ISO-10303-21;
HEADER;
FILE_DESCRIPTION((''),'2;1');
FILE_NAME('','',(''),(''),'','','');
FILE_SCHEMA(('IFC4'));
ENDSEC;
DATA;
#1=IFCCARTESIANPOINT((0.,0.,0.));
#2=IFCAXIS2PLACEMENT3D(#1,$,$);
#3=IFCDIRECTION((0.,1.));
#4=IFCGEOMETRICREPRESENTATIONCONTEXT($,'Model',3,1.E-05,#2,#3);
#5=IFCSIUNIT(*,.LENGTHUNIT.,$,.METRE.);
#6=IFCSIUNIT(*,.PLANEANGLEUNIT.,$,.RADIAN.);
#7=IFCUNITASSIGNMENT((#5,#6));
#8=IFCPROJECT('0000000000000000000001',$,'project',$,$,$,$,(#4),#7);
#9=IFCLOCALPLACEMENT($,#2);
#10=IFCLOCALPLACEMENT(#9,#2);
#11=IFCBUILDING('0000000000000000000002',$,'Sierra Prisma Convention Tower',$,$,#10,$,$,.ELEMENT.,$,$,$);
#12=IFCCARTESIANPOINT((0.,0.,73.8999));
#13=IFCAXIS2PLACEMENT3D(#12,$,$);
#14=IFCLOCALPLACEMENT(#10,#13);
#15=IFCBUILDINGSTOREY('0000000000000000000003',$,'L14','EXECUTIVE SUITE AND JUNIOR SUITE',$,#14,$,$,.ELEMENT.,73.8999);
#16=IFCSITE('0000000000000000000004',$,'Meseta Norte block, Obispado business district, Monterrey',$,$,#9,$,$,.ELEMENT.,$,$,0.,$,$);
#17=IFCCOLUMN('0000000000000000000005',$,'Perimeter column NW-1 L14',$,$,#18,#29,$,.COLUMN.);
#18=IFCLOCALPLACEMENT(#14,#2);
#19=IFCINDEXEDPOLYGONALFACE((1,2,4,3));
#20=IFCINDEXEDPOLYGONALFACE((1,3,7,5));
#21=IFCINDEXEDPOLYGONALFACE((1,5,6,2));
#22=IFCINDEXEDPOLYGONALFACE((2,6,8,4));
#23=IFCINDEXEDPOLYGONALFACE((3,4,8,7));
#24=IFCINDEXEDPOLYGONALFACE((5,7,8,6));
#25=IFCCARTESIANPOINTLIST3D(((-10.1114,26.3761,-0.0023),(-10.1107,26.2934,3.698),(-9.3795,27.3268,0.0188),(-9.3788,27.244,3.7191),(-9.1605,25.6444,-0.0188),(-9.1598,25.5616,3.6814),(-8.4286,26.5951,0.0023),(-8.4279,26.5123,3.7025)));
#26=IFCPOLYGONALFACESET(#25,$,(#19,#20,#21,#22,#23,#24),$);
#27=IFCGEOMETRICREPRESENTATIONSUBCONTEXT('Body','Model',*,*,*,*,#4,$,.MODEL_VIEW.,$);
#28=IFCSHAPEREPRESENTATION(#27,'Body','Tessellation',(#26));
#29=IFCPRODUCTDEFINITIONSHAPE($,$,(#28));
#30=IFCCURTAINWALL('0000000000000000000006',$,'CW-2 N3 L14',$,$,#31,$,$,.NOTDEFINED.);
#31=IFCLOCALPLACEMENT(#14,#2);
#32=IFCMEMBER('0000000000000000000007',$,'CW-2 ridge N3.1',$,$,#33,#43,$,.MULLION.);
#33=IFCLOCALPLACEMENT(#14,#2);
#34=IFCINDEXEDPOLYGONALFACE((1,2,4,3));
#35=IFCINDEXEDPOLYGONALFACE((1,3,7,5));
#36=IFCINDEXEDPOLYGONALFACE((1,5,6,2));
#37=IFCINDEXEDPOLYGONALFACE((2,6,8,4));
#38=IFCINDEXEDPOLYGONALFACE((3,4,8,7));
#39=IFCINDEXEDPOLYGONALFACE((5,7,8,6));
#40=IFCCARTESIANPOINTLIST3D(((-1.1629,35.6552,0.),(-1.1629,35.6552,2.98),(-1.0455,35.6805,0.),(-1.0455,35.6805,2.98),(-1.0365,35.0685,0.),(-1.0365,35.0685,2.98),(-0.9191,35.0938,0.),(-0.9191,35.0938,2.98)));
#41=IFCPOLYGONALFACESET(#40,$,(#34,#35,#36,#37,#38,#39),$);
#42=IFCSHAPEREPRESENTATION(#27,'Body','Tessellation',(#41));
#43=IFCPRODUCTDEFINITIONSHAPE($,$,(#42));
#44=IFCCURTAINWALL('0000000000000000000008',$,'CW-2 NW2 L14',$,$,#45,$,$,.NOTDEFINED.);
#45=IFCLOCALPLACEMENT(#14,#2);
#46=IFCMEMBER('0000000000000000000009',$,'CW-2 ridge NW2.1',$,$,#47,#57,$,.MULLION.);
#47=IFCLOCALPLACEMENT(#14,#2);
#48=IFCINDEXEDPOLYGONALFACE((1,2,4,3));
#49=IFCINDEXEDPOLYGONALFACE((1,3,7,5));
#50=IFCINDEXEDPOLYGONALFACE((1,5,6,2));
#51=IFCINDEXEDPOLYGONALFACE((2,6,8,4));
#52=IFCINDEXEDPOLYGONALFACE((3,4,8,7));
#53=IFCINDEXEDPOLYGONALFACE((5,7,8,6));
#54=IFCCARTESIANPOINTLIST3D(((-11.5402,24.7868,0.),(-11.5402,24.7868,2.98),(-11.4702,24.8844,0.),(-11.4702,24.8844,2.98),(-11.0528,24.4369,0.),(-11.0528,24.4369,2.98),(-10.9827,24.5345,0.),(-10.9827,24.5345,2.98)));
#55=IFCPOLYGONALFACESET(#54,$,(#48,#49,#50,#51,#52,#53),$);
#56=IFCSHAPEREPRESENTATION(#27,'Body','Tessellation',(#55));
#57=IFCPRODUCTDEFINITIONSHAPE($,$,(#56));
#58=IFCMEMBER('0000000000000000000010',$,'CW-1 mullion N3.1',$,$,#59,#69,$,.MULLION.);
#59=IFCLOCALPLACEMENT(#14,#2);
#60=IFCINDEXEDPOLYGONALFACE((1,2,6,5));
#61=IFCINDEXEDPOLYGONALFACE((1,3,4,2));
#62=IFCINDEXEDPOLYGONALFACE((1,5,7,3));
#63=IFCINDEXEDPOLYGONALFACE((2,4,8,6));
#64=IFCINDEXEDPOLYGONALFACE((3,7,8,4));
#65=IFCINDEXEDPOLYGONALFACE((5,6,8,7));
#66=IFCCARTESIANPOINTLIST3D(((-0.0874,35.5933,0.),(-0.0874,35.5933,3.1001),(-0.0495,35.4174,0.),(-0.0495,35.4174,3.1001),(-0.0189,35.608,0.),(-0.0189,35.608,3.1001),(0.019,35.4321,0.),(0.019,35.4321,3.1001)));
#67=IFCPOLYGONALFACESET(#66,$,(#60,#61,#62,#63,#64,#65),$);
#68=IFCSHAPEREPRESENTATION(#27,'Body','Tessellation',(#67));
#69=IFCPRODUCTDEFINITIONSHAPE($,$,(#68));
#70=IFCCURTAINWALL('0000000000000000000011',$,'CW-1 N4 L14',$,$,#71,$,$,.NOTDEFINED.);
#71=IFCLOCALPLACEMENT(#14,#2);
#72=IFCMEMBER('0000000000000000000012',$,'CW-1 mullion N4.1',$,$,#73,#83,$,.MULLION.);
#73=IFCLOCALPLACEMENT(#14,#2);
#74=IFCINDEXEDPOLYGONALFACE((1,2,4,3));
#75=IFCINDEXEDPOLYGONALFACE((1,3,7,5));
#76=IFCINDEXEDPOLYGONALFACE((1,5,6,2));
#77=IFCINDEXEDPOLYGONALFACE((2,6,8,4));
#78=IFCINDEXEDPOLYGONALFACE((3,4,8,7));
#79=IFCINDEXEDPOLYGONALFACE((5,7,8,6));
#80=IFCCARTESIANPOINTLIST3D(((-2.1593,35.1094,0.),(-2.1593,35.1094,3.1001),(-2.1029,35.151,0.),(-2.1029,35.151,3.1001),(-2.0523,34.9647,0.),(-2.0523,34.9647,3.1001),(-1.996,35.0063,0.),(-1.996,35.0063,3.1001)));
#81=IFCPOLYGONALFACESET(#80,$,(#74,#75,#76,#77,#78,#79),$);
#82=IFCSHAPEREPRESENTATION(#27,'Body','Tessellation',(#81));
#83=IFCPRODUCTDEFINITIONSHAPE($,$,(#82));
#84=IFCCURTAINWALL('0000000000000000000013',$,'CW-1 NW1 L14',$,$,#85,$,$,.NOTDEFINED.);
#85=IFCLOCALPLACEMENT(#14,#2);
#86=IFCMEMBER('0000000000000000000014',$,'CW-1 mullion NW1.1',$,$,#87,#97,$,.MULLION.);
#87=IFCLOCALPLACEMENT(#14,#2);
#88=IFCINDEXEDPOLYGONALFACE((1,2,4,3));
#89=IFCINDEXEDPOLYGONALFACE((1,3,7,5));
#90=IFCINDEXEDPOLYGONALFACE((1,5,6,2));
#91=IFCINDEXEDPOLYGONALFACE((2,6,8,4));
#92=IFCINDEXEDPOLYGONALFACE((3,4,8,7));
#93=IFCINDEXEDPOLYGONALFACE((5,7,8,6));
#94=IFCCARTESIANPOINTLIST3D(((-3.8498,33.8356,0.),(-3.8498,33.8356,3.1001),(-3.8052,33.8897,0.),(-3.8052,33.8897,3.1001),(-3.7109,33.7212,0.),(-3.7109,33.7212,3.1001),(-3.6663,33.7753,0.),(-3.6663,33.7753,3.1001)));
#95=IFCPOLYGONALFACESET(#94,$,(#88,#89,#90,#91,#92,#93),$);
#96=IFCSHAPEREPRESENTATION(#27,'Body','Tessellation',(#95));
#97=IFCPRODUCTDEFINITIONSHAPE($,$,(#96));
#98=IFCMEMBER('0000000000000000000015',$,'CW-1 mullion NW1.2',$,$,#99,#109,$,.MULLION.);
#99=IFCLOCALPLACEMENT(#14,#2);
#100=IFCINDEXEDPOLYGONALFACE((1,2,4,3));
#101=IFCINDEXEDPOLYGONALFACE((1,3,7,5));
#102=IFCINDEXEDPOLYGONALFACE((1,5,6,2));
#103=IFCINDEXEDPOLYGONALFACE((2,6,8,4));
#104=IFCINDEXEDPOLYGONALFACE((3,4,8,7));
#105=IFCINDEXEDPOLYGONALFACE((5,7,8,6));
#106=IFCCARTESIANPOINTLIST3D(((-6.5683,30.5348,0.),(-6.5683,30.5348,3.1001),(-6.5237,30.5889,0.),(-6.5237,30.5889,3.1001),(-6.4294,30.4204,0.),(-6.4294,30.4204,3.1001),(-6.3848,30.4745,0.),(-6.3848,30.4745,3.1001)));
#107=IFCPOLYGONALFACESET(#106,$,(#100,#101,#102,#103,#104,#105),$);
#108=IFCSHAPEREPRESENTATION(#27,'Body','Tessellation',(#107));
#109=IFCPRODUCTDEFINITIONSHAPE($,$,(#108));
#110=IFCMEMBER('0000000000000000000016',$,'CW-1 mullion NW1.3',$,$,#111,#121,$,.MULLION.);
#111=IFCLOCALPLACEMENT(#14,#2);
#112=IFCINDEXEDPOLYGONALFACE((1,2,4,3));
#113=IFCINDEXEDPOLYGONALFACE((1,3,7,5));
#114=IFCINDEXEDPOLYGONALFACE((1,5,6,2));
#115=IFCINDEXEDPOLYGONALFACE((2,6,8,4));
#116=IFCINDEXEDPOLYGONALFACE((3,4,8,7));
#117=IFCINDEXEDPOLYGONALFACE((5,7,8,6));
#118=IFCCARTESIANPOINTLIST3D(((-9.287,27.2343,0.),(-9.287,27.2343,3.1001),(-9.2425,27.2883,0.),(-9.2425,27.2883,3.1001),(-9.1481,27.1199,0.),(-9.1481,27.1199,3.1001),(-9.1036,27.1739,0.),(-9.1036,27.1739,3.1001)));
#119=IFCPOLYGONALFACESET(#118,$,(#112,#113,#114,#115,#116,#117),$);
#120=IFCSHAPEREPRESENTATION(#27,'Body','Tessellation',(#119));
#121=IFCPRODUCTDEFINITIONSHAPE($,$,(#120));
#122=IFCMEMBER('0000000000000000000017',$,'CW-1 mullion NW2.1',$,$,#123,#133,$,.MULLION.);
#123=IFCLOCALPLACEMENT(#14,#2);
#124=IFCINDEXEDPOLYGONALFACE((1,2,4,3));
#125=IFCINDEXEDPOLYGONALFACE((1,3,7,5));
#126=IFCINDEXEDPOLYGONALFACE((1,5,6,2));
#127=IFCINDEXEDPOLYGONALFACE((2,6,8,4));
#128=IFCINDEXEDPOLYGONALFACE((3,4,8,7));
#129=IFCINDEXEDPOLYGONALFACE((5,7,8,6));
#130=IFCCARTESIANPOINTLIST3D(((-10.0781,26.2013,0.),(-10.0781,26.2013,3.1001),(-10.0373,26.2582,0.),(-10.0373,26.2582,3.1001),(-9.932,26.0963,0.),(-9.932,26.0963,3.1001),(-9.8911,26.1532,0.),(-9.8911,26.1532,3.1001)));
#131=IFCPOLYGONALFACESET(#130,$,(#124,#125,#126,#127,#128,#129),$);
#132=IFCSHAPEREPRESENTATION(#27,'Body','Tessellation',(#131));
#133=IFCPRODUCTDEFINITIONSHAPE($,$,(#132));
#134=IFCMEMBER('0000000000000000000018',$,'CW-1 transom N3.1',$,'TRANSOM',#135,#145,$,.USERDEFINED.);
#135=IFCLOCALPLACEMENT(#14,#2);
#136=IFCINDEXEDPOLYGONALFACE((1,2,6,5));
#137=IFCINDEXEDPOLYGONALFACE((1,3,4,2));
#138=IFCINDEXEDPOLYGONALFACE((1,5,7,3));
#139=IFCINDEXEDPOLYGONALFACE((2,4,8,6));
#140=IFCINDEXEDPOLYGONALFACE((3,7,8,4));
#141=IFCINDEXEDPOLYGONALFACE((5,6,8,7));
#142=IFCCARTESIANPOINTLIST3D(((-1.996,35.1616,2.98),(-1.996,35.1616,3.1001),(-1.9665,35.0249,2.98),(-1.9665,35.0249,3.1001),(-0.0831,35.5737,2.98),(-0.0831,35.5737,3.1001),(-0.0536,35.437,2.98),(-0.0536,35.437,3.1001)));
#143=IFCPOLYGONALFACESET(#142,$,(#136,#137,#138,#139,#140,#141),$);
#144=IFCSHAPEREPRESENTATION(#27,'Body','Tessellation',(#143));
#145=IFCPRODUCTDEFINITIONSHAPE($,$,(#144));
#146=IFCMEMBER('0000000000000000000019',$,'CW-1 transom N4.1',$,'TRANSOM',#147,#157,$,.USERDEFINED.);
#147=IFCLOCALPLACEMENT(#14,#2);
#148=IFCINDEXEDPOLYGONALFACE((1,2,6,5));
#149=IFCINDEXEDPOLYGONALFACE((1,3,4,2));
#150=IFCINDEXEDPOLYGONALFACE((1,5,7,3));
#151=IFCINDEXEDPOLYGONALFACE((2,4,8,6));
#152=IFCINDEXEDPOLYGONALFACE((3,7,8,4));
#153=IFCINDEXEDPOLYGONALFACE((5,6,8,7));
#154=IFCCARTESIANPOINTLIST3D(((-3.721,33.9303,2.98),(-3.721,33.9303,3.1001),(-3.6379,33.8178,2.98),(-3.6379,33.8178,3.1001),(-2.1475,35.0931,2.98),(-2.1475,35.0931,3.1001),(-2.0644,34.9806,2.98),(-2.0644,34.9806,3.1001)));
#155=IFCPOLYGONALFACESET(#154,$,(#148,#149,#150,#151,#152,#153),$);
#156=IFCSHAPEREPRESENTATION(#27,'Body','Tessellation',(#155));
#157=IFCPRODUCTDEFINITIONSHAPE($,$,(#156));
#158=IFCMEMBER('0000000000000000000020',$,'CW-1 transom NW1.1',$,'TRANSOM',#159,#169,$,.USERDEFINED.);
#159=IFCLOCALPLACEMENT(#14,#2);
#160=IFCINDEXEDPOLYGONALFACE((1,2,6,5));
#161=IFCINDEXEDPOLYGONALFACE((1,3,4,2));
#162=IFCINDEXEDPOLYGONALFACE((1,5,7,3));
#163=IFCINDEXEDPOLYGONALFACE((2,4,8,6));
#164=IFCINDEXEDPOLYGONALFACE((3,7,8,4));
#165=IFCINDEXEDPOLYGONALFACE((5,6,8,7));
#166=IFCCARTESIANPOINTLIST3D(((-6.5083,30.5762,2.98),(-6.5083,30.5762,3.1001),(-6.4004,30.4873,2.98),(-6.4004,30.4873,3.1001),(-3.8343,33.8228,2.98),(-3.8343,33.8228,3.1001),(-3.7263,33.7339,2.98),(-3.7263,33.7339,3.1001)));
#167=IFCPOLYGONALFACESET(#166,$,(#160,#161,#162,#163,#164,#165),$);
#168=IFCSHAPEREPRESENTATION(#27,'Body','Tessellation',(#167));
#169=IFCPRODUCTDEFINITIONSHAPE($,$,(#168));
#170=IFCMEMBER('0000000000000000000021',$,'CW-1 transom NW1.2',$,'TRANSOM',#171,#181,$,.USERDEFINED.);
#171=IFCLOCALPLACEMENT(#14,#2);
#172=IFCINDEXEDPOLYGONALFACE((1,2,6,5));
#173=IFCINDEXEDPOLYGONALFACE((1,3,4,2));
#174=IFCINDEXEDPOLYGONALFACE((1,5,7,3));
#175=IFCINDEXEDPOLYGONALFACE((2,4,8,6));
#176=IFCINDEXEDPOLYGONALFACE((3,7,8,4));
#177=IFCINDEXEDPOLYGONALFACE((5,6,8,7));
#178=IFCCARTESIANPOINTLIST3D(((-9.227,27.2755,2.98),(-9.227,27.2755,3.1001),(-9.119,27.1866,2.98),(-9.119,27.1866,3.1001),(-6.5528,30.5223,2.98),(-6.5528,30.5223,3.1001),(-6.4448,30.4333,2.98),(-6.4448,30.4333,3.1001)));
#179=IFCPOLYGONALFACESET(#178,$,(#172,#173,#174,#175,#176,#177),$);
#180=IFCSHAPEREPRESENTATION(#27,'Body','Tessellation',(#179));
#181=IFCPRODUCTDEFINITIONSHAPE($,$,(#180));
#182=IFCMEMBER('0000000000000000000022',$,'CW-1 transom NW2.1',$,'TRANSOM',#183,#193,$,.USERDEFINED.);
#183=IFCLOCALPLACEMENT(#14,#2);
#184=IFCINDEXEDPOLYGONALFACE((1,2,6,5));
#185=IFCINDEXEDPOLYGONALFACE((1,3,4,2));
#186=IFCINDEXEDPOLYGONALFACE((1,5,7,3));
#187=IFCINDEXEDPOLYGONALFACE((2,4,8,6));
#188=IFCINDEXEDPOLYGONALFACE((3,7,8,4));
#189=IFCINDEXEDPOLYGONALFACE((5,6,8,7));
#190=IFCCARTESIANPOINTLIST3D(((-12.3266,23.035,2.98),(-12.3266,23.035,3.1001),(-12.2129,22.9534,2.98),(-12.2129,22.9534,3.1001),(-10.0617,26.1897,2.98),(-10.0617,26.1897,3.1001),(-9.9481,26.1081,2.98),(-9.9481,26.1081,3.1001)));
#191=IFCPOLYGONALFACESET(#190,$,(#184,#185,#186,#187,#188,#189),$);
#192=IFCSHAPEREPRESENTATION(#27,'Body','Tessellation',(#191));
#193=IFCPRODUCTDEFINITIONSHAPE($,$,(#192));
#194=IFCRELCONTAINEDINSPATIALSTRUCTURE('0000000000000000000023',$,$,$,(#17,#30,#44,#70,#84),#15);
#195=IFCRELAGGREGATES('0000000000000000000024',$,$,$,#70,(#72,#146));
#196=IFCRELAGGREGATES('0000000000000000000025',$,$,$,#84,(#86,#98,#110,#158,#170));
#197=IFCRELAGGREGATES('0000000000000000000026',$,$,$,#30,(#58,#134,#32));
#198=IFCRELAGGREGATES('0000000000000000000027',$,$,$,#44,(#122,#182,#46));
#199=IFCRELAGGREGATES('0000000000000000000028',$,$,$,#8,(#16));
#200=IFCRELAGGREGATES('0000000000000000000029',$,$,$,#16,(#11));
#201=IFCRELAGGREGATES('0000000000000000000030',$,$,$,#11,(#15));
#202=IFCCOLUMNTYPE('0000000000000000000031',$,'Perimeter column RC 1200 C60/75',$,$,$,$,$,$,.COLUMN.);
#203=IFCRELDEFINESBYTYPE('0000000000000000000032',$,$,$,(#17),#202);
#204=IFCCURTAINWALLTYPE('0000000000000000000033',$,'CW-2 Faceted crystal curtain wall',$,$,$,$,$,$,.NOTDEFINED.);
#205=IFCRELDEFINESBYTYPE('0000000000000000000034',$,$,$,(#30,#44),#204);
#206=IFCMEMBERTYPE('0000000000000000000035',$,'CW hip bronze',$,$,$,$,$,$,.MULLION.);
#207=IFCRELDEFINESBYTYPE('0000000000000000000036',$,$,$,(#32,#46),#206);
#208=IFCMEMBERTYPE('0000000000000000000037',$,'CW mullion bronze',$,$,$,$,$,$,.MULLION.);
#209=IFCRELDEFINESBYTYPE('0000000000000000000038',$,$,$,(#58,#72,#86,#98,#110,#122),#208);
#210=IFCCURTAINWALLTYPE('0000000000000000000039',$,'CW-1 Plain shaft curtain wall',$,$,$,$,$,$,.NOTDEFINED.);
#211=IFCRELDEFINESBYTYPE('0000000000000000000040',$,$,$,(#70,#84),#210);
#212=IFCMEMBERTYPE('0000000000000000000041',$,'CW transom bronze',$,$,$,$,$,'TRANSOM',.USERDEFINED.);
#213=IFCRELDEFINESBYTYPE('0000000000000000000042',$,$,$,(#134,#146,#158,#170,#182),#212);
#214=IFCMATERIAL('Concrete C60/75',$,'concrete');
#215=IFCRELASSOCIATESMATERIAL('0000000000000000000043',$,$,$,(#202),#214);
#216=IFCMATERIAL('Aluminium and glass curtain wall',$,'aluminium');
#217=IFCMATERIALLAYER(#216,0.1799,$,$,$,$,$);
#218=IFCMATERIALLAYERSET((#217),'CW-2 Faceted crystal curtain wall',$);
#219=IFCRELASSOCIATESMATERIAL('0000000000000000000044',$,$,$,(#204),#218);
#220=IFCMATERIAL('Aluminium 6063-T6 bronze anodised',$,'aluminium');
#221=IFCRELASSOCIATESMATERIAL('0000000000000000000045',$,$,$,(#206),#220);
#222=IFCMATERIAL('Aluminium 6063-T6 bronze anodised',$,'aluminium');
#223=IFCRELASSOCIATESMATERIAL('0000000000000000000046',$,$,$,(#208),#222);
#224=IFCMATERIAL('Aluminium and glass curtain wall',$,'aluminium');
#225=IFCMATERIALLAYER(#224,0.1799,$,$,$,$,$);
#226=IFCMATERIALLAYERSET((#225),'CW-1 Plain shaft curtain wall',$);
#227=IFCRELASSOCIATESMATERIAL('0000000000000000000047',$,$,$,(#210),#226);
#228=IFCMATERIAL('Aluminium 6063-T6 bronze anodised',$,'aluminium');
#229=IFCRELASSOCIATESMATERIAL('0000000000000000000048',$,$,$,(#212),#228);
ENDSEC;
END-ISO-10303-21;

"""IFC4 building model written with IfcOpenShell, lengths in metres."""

from ifc_helpers import new_model, si_unit, direction, frame, origin, origin_2d, place, context, subcontext, project, spatial, rectangle, extrude, material, layer, layer_set, material_profile, profile_set, type_object, element, aggregate, save


model = new_model("IFC4")

# Units and contexts
model_context = context("Model", 3, precision=1e-05, world=origin(), true_north=direction((0.0, 1.0)))
body_context = subcontext(model_context, "Body", "Model", "MODEL_VIEW")
ifc_project = project(units=[si_unit("LENGTHUNIT", "METRE"), si_unit("PLANEANGLEUNIT", "RADIAN")], contexts=[model_context])

# Site, building, storey
site_placement = place(None, origin())
site = spatial("IfcSite", under=ifc_project, at=site_placement, Name="Meseta Norte block, Obispado business district, Monterrey", CompositionType="ELEMENT", RefElevation=0.0)
building_placement = place(site_placement, origin())
building = spatial("IfcBuilding", under=site, at=building_placement, Name="Sierra Prisma Convention Tower", CompositionType="ELEMENT")
storey_placement = place(building_placement, frame((0.0, 0.0, 73.8999)))
storey = spatial("IfcBuildingStorey", under=building, at=storey_placement, Name="L14", Description="EXECUTIVE SUITE AND JUNIOR SUITE", CompositionType="ELEMENT", Elevation=73.8999)

# Column
ifc_material_1 = material(Name="Concrete C60/75", Category="concrete")
ifc_material_profile_1 = material_profile(ifc_material_1, rectangle(XDim=1.2, YDim=1.2, at=origin_2d()), Name="Perimeter column RC 1200 C60/75")
ifc_profile_set_1 = profile_set([ifc_material_profile_1], Name="Concrete C60/75")
column_type = type_object("IfcColumnType", Name="Perimeter column RC 1200 C60/75", PredefinedType="COLUMN", material=ifc_profile_set_1)
column_placement = place(storey_placement, frame((-9.27, 26.4856, 0.0), z_axis=(0.000198, -0.022362, 0.99975), x_axis=(0.609946, 0.792248, 0.0176)))
element("IfcColumn", 1, at=column_placement, inside=storey, type_object=column_type, Name="Perimeter column NW-1 L14", PredefinedType="COLUMN", context=body_context, shape_type="SweptSolid", body=[
    extrude(rectangle(XDim=1.2, YDim=1.2, at=origin_2d()), origin(), (0.0, 0.0, 1.0), 3.7012),
])

# Curtain walls, members
ifc_material_2 = material(Name="Aluminium and glass curtain wall", Category="aluminium")
ifc_layer_1 = layer(ifc_material_2, 0.1799)
ifc_layer_set_1 = layer_set([ifc_layer_1], Name="CW-2 Faceted crystal curtain wall")
curtain_wall_type_1 = type_object("IfcCurtainWallType", Name="CW-2 Faceted crystal curtain wall", PredefinedType="NOTDEFINED", material=ifc_layer_set_1)
curtain_wall_1_placement = place(storey_placement, origin())
curtain_wall_1 = element("IfcCurtainWall", 2, at=curtain_wall_1_placement, inside=storey, type_object=curtain_wall_type_1, Name="CW-2 N3 L14", PredefinedType="NOTDEFINED")
ifc_material_3 = material(Name="Aluminium 6063-T6 bronze anodised", Category="aluminium")
ifc_material_profile_2 = material_profile(ifc_material_3, rectangle(XDim=0.1201, YDim=0.6001, at=origin_2d()), Name="ALU RIDGE BLADE 120x600")
ifc_profile_set_2 = profile_set([ifc_material_profile_2], Name="Aluminium 6063-T6 bronze anodised")
member_type_1 = type_object("IfcMemberType", Name="CW hip bronze", PredefinedType="MULLION", material=ifc_profile_set_2)
member_1_placement = place(storey_placement, frame((-1.041, 35.3745, 0.0), z_axis=(0.0, 0.0, 1.0), x_axis=(-0.97758, -0.210564, 0.0)))
member_1 = element("IfcMember", 3, at=member_1_placement, type_object=member_type_1, Name="CW-2 ridge N3.1", PredefinedType="MULLION", context=body_context, shape_type="SweptSolid", body=[
    extrude(rectangle(XDim=0.1201, YDim=0.6001, at=origin_2d()), origin(), (0.0, 0.0, 1.0), 2.98),
])
curtain_wall_2_placement = place(storey_placement, origin())
curtain_wall_2 = element("IfcCurtainWall", 4, at=curtain_wall_2_placement, inside=storey, type_object=curtain_wall_type_1, Name="CW-2 NW2 L14", PredefinedType="NOTDEFINED")
member_2_placement = place(storey_placement, frame((-11.2615, 24.6606, 0.0), z_axis=(0.0, 0.0, 1.0), x_axis=(-0.583174, -0.812348, 0.0)))
member_2 = element("IfcMember", 5, at=member_2_placement, type_object=member_type_1, Name="CW-2 ridge NW2.1", PredefinedType="MULLION", context=body_context, shape_type="SweptSolid", body=[
    extrude(rectangle(XDim=0.1201, YDim=0.6001, at=origin_2d()), origin(), (0.0, 0.0, 1.0), 2.98),
])

# Member
ifc_material_4 = material(Name="Aluminium 6063-T6 bronze anodised", Category="aluminium")
ifc_material_profile_3 = material_profile(ifc_material_4, rectangle(XDim=0.1799, YDim=0.0701, at=origin_2d()), Name="ALU MULLION 70x180")
ifc_profile_set_3 = profile_set([ifc_material_profile_3], Name="Aluminium 6063-T6 bronze anodised")
member_type_2 = type_object("IfcMemberType", Name="CW mullion bronze", PredefinedType="MULLION", material=ifc_profile_set_3)
member_3_placement = place(storey_placement, frame((-0.0342, 35.5127, 0.0), z_axis=(0.0, 0.0, 1.0), x_axis=(0.210564, -0.97758, 0.0)))
member_3 = element("IfcMember", 6, at=member_3_placement, type_object=member_type_2, Name="CW-1 mullion N3.1", PredefinedType="MULLION", context=body_context, shape_type="SweptSolid", body=[
    extrude(rectangle(XDim=0.1799, YDim=0.0701, at=origin_2d()), origin(), (0.0, 0.0, 1.0), 3.1001),
])

# Curtain wall, member
ifc_material_5 = material(Name="Aluminium and glass curtain wall", Category="aluminium")
ifc_layer_2 = layer(ifc_material_5, 0.1799)
ifc_layer_set_2 = layer_set([ifc_layer_2], Name="CW-1 Plain shaft curtain wall")
curtain_wall_type_2 = type_object("IfcCurtainWallType", Name="CW-1 Plain shaft curtain wall", PredefinedType="NOTDEFINED", material=ifc_layer_set_2)
curtain_wall_3_placement = place(storey_placement, origin())
curtain_wall_3 = element("IfcCurtainWall", 7, at=curtain_wall_3_placement, inside=storey, type_object=curtain_wall_type_2, Name="CW-1 N4 L14", PredefinedType="NOTDEFINED")
member_4_placement = place(storey_placement, frame((-2.0776, 35.0579, 0.0), z_axis=(0.0, 0.0, 1.0), x_axis=(0.594349, -0.804207, 0.0)))
member_4 = element("IfcMember", 8, at=member_4_placement, type_object=member_type_2, Name="CW-1 mullion N4.1", PredefinedType="MULLION", context=body_context, shape_type="SweptSolid", body=[
    extrude(rectangle(XDim=0.1799, YDim=0.0701, at=origin_2d()), origin(), (0.0, 0.0, 1.0), 3.1001),
])

# Curtain wall, members
curtain_wall_4_placement = place(storey_placement, origin())
curtain_wall_4 = element("IfcCurtainWall", 9, at=curtain_wall_4_placement, inside=storey, type_object=curtain_wall_type_2, Name="CW-1 NW1 L14", PredefinedType="NOTDEFINED")
member_5_placement = place(storey_placement, frame((-3.7581, 33.8054, 0.0), z_axis=(0.0, 0.0, 1.0), x_axis=(0.771881, -0.635768, 0.0)))
member_5 = element("IfcMember", 10, at=member_5_placement, type_object=member_type_2, Name="CW-1 mullion NW1.1", PredefinedType="MULLION", context=body_context, shape_type="SweptSolid", body=[
    extrude(rectangle(XDim=0.1799, YDim=0.0701, at=origin_2d()), origin(), (0.0, 0.0, 1.0), 3.1001),
])
member_6_placement = place(storey_placement, frame((-6.4766, 30.5046, 0.0), z_axis=(0.0, 0.0, 1.0), x_axis=(0.771881, -0.635768, 0.0)))
member_6 = element("IfcMember", 11, at=member_6_placement, type_object=member_type_2, Name="CW-1 mullion NW1.2", PredefinedType="MULLION", context=body_context, shape_type="SweptSolid", body=[
    extrude(rectangle(XDim=0.1799, YDim=0.0701, at=origin_2d()), origin(), (0.0, 0.0, 1.0), 3.1001),
])
member_7_placement = place(storey_placement, frame((-9.1953, 27.2041, 0.0), z_axis=(0.0, 0.0, 1.0), x_axis=(0.771881, -0.635768, 0.0)))
member_7 = element("IfcMember", 12, at=member_7_placement, type_object=member_type_2, Name="CW-1 mullion NW1.3", PredefinedType="MULLION", context=body_context, shape_type="SweptSolid", body=[
    extrude(rectangle(XDim=0.1799, YDim=0.0701, at=origin_2d()), origin(), (0.0, 0.0, 1.0), 3.1001),
])

# Members
member_8_placement = place(storey_placement, frame((-9.9846, 26.1772, 0.0), z_axis=(0.0, 0.0, 1.0), x_axis=(0.812348, -0.583174, 0.0)))
member_8 = element("IfcMember", 13, at=member_8_placement, type_object=member_type_2, Name="CW-1 mullion NW2.1", PredefinedType="MULLION", context=body_context, shape_type="SweptSolid", body=[
    extrude(rectangle(XDim=0.1799, YDim=0.0701, at=origin_2d()), origin(), (0.0, 0.0, 1.0), 3.1001),
])
ifc_material_6 = material(Name="Aluminium 6063-T6 bronze anodised", Category="aluminium")
ifc_material_profile_4 = material_profile(ifc_material_6, rectangle(XDim=0.1399, YDim=0.1201, at=origin_2d()), Name="ALU TRANSOM 120x140")
ifc_profile_set_4 = profile_set([ifc_material_profile_4], Name="Aluminium 6063-T6 bronze anodised")
member_type_3 = type_object("IfcMemberType", Name="CW transom bronze", ElementType="TRANSOM", PredefinedType="USERDEFINED", material=ifc_profile_set_4)
member_9_placement = place(storey_placement, frame((-0.0684, 35.5054, 3.04), z_axis=(-0.97757, -0.210611, 0.0), x_axis=(0.210611, -0.97757, 0.0)))
member_9 = element("IfcMember", 14, at=member_9_placement, type_object=member_type_3, Name="CW-1 transom N3.1", ObjectType="TRANSOM", PredefinedType="USERDEFINED", context=body_context, shape_type="SweptSolid", body=[
    extrude(rectangle(XDim=0.1399, YDim=0.1201, at=origin_2d()), origin(), (0.0, 0.0, 1.0), 1.9568),
])
member_10_placement = place(storey_placement, frame((-2.106, 35.0369, 3.04), z_axis=(-0.804218, -0.594335, 0.0), x_axis=(0.594335, -0.804218, 0.0)))
member_10 = element("IfcMember", 15, at=member_10_placement, type_object=member_type_3, Name="CW-1 transom N4.1", ObjectType="TRANSOM", PredefinedType="USERDEFINED", context=body_context, shape_type="SweptSolid", body=[
    extrude(rectangle(XDim=0.1399, YDim=0.1201, at=origin_2d()), origin(), (0.0, 0.0, 1.0), 1.9565),
])
member_11_placement = place(storey_placement, frame((-3.7803, 33.7783, 3.04), z_axis=(-0.635766, -0.771882, 0.0), x_axis=(0.771882, -0.635766, 0.0)))
member_11 = element("IfcMember", 16, at=member_11_placement, type_object=member_type_3, Name="CW-1 transom NW1.1", ObjectType="TRANSOM", PredefinedType="USERDEFINED", context=body_context, shape_type="SweptSolid", body=[
    extrude(rectangle(XDim=0.1399, YDim=0.1201, at=origin_2d()), origin(), (0.0, 0.0, 1.0), 4.2061),
])
member_12_placement = place(storey_placement, frame((-6.4988, 30.4778, 3.04), z_axis=(-0.635772, -0.771877, 0.0), x_axis=(0.771877, -0.635772, 0.0)))
member_12 = element("IfcMember", 17, at=member_12_placement, type_object=member_type_3, Name="CW-1 transom NW1.2", ObjectType="TRANSOM", PredefinedType="USERDEFINED", context=body_context, shape_type="SweptSolid", body=[
    extrude(rectangle(XDim=0.1399, YDim=0.1201, at=origin_2d()), origin(), (0.0, 0.0, 1.0), 4.2063),
])
member_13_placement = place(storey_placement, frame((-10.0049, 26.1489, 3.04), z_axis=(-0.583193, -0.812334, 0.0), x_axis=(0.812334, -0.583193, 0.0)))
member_13 = element("IfcMember", 18, at=member_13_placement, type_object=member_type_3, Name="CW-1 transom NW2.1", ObjectType="TRANSOM", PredefinedType="USERDEFINED", context=body_context, shape_type="SweptSolid", body=[
    extrude(rectangle(XDim=0.1399, YDim=0.1201, at=origin_2d()), origin(), (0.0, 0.0, 1.0), 3.8835),
])

aggregate(curtain_wall_3, [member_4, member_10])
aggregate(curtain_wall_4, [member_5, member_6, member_7, member_11, member_12])
aggregate(curtain_wall_1, [member_3, member_9, member_1])
aggregate(curtain_wall_2, [member_8, member_13, member_2])

save(model, "model.ifc")
